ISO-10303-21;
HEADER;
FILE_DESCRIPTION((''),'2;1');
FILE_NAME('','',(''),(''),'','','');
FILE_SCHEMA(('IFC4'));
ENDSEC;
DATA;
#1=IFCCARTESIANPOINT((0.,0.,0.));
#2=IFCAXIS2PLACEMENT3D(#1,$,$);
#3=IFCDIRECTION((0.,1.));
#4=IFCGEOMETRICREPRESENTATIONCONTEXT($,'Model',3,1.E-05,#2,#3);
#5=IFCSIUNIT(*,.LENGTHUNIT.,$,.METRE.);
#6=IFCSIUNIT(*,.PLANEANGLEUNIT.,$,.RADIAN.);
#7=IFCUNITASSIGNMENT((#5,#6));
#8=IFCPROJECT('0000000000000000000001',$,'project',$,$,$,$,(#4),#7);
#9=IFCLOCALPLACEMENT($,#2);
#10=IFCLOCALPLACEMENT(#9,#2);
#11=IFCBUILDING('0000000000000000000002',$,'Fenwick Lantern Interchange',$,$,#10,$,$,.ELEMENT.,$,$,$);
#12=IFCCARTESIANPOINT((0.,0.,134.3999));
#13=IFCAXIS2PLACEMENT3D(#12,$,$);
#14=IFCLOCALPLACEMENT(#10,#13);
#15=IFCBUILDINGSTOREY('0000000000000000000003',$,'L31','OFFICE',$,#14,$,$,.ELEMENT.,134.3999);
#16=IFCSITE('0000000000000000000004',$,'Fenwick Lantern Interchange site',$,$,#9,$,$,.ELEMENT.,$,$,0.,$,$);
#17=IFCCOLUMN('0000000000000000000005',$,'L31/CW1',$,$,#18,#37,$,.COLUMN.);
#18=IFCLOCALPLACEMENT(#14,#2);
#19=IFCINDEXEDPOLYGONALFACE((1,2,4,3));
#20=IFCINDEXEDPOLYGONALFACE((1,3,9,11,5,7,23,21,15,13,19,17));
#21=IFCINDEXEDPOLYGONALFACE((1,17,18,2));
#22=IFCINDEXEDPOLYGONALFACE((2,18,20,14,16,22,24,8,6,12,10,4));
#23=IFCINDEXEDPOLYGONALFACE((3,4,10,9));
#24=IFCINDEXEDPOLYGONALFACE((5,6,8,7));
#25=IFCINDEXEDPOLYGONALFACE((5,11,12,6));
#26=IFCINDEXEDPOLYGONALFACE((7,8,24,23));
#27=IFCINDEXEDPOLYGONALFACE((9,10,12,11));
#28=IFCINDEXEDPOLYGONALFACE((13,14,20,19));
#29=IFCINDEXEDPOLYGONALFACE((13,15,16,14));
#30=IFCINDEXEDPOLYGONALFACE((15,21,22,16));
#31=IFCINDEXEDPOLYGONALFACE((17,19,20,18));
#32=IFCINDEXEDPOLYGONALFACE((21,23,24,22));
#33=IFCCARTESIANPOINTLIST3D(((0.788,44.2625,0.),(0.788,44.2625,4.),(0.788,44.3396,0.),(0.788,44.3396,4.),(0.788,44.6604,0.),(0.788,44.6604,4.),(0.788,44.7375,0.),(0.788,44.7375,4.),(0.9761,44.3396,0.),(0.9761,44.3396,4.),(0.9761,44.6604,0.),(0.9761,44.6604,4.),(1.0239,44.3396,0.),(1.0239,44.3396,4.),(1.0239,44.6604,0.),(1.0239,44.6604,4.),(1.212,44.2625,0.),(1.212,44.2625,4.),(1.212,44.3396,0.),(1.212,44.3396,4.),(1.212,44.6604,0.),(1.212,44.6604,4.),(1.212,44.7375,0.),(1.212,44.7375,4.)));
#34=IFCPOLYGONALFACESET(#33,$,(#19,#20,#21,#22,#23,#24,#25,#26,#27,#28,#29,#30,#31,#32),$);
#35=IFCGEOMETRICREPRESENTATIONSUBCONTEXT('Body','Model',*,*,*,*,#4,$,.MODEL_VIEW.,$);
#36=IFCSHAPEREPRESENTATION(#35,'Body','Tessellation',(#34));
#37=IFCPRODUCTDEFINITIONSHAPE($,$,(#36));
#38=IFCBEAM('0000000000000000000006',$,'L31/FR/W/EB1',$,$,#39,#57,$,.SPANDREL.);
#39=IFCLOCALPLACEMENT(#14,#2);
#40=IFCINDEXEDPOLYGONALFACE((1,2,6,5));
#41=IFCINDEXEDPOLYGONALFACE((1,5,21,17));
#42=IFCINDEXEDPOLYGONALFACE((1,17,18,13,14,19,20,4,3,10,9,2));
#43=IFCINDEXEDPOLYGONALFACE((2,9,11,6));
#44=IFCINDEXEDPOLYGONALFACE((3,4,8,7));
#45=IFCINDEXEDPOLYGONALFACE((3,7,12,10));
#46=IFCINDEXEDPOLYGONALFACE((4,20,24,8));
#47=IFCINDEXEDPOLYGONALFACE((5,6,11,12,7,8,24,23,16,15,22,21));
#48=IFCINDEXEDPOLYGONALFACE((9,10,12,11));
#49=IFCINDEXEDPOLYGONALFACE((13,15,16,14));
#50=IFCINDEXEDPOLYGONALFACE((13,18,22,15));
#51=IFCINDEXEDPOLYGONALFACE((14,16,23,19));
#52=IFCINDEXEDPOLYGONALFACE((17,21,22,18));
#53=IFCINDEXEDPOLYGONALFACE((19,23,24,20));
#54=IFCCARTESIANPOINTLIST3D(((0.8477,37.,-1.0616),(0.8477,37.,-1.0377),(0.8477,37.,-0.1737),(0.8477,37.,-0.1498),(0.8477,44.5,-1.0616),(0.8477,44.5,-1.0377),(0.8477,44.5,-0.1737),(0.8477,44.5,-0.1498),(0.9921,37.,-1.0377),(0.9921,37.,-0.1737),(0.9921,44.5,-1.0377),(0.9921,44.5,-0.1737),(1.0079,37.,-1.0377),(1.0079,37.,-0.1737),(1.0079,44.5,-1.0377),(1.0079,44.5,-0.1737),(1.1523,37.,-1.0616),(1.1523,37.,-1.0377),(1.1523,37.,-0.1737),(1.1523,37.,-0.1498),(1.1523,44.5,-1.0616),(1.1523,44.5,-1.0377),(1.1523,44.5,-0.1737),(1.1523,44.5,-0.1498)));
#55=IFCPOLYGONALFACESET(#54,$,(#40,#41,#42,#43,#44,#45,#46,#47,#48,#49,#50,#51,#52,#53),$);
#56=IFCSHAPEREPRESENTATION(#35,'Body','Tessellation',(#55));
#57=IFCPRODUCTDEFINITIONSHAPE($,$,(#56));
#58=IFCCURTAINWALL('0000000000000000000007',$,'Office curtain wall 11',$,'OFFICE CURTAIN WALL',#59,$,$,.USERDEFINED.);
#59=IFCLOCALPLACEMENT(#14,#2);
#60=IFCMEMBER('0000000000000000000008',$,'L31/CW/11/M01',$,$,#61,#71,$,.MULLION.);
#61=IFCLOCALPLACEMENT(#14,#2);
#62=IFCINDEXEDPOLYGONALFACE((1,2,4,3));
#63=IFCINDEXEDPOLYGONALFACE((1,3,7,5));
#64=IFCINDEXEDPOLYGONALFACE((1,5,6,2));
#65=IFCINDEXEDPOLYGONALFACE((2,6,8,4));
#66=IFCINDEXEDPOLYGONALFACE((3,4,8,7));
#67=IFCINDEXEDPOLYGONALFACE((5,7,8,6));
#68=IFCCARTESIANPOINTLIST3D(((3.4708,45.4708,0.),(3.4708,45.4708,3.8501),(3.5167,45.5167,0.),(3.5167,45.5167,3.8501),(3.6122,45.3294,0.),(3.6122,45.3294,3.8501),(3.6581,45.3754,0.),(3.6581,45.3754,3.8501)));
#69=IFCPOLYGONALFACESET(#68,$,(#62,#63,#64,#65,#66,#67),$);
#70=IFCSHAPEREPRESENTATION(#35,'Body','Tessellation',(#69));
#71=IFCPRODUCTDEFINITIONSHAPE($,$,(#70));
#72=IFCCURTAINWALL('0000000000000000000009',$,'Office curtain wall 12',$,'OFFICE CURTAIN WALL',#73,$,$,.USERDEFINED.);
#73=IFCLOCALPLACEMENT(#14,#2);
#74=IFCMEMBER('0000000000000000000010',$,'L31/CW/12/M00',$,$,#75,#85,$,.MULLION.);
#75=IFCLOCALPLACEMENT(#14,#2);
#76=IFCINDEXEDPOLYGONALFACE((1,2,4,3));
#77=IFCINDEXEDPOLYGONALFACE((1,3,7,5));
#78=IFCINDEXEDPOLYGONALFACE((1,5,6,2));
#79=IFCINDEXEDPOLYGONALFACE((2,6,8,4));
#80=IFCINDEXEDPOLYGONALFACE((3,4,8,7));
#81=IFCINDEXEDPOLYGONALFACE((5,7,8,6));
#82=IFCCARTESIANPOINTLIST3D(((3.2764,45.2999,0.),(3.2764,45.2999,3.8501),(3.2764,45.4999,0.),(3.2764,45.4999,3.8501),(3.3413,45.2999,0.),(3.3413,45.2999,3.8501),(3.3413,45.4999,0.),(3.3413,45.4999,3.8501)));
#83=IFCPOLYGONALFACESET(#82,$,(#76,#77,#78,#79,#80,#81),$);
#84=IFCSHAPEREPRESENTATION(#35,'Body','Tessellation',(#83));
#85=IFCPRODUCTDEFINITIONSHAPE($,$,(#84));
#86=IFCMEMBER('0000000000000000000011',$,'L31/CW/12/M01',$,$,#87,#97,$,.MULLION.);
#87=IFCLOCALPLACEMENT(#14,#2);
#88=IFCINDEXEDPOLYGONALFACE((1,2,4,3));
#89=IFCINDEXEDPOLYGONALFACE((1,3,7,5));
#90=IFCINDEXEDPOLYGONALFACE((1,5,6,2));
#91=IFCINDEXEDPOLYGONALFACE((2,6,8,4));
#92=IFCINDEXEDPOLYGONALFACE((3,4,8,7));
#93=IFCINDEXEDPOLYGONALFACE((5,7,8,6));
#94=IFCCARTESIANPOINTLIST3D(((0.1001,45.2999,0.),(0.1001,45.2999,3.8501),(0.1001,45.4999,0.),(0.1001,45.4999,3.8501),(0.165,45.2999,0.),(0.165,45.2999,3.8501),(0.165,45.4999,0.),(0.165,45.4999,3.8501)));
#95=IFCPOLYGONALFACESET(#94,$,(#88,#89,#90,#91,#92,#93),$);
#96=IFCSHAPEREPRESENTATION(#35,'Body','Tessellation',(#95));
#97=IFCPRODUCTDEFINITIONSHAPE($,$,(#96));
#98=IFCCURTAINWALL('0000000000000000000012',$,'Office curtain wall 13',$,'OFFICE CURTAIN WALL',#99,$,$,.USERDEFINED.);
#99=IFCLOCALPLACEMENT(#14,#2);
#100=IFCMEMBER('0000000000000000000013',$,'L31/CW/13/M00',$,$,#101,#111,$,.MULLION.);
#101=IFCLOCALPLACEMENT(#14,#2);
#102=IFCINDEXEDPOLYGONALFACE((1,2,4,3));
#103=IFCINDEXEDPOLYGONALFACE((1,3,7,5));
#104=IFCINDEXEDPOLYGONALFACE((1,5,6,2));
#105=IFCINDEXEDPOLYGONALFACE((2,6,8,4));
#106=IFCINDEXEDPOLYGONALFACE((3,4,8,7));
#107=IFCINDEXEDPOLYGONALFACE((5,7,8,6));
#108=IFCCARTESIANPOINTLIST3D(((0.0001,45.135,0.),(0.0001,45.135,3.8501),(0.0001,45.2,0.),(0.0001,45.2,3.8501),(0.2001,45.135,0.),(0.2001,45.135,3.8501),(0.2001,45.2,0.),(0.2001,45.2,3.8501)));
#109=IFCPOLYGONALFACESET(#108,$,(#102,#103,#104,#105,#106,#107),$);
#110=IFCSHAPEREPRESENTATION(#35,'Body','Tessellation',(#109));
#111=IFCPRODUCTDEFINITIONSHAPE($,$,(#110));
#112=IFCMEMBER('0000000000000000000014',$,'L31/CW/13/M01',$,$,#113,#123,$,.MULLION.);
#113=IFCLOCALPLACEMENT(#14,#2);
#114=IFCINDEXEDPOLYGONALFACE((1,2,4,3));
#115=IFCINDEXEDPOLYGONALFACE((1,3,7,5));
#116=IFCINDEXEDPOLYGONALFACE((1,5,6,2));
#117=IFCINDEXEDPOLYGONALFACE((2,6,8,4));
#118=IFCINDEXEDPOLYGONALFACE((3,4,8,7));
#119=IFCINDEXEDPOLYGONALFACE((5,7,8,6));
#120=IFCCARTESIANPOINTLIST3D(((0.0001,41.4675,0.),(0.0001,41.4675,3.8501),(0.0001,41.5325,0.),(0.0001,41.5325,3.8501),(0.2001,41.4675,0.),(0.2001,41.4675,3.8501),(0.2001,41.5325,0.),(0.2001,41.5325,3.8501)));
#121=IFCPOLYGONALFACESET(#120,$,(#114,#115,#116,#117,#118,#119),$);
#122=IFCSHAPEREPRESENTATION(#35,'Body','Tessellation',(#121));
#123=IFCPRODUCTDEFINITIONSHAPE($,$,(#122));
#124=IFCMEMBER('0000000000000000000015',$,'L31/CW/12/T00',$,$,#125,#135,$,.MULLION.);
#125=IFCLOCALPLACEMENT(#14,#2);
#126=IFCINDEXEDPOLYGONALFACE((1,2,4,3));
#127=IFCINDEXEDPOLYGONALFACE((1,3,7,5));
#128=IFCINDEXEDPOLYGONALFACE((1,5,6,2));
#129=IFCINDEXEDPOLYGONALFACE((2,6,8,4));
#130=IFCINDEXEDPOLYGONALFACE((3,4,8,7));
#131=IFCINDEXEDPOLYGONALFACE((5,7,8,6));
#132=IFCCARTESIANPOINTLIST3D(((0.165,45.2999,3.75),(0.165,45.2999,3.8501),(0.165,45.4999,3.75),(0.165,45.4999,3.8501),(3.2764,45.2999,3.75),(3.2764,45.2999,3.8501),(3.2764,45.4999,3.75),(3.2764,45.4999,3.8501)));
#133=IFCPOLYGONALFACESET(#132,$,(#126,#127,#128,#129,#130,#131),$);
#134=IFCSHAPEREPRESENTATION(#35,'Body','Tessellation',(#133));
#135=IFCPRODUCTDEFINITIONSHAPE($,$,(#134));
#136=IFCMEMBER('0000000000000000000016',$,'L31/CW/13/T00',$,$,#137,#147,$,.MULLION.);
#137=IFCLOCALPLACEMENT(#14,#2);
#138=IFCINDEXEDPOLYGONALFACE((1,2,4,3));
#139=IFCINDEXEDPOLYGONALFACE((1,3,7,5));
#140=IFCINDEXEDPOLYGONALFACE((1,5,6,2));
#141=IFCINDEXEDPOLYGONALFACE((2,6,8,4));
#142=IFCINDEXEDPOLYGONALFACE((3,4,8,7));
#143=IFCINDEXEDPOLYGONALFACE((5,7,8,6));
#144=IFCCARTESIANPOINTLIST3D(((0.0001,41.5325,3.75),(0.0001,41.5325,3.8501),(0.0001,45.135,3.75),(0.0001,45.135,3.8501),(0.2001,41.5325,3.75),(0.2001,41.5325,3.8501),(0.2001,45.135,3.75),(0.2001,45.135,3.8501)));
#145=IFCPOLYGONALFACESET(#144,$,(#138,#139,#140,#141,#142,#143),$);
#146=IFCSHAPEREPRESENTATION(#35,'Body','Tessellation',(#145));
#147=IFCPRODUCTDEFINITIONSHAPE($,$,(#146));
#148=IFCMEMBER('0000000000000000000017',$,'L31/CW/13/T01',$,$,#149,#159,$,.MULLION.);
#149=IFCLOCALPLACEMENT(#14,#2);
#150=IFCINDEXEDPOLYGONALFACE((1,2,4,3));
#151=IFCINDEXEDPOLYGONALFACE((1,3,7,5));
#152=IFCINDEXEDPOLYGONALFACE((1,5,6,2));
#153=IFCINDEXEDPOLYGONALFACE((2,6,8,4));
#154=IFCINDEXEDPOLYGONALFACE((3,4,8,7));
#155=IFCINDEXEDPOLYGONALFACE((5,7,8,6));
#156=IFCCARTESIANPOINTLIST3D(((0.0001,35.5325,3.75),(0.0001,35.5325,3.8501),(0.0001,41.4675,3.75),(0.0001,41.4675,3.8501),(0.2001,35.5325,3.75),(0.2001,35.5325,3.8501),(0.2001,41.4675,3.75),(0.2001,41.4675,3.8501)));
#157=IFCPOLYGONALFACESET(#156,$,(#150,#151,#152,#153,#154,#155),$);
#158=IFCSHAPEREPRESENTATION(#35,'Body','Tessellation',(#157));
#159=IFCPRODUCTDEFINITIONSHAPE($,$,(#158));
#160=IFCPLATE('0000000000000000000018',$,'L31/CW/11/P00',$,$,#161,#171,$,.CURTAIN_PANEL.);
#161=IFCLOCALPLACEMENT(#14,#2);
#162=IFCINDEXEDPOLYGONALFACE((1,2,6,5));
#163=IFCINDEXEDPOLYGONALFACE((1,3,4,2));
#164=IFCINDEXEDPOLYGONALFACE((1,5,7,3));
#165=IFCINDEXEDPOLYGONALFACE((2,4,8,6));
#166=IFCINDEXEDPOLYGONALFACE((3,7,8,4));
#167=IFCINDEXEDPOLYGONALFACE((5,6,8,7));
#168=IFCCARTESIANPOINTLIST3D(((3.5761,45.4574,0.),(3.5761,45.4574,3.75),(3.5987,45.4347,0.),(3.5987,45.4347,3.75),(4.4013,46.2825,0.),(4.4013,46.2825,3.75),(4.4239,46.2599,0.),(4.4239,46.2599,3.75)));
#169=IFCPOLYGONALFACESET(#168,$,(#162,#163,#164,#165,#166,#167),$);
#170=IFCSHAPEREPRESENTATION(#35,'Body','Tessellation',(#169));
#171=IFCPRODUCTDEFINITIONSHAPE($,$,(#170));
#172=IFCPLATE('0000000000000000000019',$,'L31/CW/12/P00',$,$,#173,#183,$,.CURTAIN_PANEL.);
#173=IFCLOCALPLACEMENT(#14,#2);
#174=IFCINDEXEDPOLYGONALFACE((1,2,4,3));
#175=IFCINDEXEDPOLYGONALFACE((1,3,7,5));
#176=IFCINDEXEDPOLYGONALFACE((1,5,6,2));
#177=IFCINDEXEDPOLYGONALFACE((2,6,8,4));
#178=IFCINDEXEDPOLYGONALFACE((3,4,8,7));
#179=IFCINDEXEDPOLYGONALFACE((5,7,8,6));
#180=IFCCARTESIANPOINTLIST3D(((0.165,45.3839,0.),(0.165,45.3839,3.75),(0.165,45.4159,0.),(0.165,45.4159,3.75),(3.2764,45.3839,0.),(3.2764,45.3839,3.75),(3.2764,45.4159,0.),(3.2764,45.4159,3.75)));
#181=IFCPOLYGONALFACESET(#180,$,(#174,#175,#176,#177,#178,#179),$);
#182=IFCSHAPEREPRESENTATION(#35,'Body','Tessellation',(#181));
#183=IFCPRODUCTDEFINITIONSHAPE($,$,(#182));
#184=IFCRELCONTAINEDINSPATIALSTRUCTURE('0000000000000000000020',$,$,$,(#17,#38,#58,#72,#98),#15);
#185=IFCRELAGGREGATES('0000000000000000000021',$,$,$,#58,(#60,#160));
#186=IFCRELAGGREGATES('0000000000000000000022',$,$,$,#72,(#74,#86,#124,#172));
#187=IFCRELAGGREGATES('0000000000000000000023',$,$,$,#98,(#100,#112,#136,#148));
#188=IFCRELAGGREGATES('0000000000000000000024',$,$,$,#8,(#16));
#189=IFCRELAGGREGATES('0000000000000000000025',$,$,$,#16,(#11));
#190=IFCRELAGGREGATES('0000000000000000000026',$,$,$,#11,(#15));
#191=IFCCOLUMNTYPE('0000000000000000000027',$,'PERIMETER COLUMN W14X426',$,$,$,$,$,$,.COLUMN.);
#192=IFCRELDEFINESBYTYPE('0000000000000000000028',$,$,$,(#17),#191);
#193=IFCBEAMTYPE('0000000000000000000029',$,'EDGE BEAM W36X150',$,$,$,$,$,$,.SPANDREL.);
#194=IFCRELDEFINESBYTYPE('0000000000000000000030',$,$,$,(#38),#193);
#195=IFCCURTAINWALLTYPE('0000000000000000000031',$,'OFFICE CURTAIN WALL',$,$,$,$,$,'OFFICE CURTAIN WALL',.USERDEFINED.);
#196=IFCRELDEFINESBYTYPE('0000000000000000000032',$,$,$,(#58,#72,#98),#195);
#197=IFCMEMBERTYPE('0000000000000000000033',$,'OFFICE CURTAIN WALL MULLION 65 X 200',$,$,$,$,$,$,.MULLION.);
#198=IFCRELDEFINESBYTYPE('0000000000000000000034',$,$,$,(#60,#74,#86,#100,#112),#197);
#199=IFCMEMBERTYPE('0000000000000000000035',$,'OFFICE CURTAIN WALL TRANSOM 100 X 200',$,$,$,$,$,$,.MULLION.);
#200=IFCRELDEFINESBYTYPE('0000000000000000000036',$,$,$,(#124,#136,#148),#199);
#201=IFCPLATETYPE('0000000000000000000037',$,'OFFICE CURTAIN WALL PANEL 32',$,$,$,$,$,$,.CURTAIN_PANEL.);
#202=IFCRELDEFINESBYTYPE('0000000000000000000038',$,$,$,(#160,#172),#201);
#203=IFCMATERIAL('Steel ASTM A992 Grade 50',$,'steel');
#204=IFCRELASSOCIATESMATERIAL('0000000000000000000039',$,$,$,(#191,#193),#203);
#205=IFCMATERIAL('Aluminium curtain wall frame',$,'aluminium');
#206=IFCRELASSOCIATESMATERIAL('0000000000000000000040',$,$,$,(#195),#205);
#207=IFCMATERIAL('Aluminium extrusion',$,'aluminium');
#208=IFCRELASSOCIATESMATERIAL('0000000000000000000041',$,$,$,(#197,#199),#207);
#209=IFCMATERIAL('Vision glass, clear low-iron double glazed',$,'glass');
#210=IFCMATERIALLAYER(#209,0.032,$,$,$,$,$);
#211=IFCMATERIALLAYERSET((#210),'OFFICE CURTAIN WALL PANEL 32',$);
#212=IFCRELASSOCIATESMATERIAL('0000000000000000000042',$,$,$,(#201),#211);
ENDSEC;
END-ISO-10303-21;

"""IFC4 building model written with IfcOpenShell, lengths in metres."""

from ifc_helpers import new_model, si_unit, direction, frame, origin, origin_2d, place, context, subcontext, project, spatial, rectangle, i_section, extrude, material, layer, layer_set, material_profile, profile_set, type_object, element, aggregate, save


model = new_model("IFC4")

# Units and contexts
model_context = context("Model", 3, precision=1e-05, world=origin(), true_north=direction((0.0, 1.0)))
body_context = subcontext(model_context, "Body", "Model", "MODEL_VIEW")
ifc_project = project(units=[si_unit("LENGTHUNIT", "METRE"), si_unit("PLANEANGLEUNIT", "RADIAN")], contexts=[model_context])

# Site, building, storey
site_placement = place(None, origin())
site = spatial("IfcSite", under=ifc_project, at=site_placement, Name="Fenwick Lantern Interchange site", CompositionType="ELEMENT", RefElevation=0.0)
building_placement = place(site_placement, origin())
building = spatial("IfcBuilding", under=site, at=building_placement, Name="Fenwick Lantern Interchange", CompositionType="ELEMENT")
storey_placement = place(building_placement, frame((0.0, 0.0, 134.3999)))
storey = spatial("IfcBuildingStorey", under=building, at=storey_placement, Name="L31", Description="OFFICE", CompositionType="ELEMENT", Elevation=134.3999)

# Column
ifc_material_1 = material(Name="Steel ASTM A992 Grade 50", Category="steel")
ifc_material_profile_1 = material_profile(ifc_material_1, i_section(OverallWidth=0.4241, OverallDepth=0.4751, WebThickness=0.0479, FlangeThickness=0.0771, at=origin_2d()), Name="W14X426")
ifc_profile_set_1 = profile_set([ifc_material_profile_1], Name="Steel ASTM A992 Grade 50")
column_type = type_object("IfcColumnType", Name="PERIMETER COLUMN W14X426", PredefinedType="COLUMN", material=ifc_profile_set_1)
column_placement = place(storey_placement, frame((1.0, 44.5, 0.0), z_axis=(0.0, 0.0, 1.0), x_axis=(1.0, 0.0, 0.0)))
element("IfcColumn", 1, at=column_placement, inside=storey, type_object=column_type, Name="L31/CW1", PredefinedType="COLUMN", context=body_context, shape_type="SweptSolid", body=[
    extrude(i_section(OverallWidth=0.4241, OverallDepth=0.4751, WebThickness=0.0479, FlangeThickness=0.0771, at=origin_2d()), origin(), (0.0, 0.0, 1.0), 4.0),
])

# Beam
ifc_material_profile_2 = material_profile(ifc_material_1, i_section(OverallWidth=0.3047, OverallDepth=0.9119, WebThickness=0.0159, FlangeThickness=0.0239, at=origin_2d()), Name="W36X150")
ifc_profile_set_2 = profile_set([ifc_material_profile_2], Name="Steel ASTM A992 Grade 50")
beam_type = type_object("IfcBeamType", Name="EDGE BEAM W36X150", PredefinedType="SPANDREL", material=ifc_profile_set_2)
beam_placement = place(storey_placement, frame((1.0, 44.5, -0.6057), z_axis=(0.0, -1.0, 0.0), x_axis=(1.0, 0.0, 0.0)))
element("IfcBeam", 2, at=beam_placement, inside=storey, type_object=beam_type, Name="L31/FR/W/EB1", PredefinedType="SPANDREL", context=body_context, shape_type="SweptSolid", body=[
    extrude(i_section(OverallWidth=0.3047, OverallDepth=0.9119, WebThickness=0.0159, FlangeThickness=0.0239, at=origin_2d()), origin(), (0.0, 0.0, 1.0), 7.5),
])

# Curtain wall, member
ifc_material_2 = material(Name="Aluminium curtain wall frame", Category="aluminium")
curtain_wall_type = type_object("IfcCurtainWallType", Name="OFFICE CURTAIN WALL", ElementType="OFFICE CURTAIN WALL", PredefinedType="USERDEFINED", material=ifc_material_2)
curtain_wall_1_placement = place(storey_placement, origin())
curtain_wall_1 = element("IfcCurtainWall", 3, at=curtain_wall_1_placement, inside=storey, type_object=curtain_wall_type, Name="Office curtain wall 11", ObjectType="OFFICE CURTAIN WALL", PredefinedType="USERDEFINED")
ifc_material_3 = material(Name="Aluminium extrusion", Category="aluminium")
ifc_material_profile_3 = material_profile(ifc_material_3, rectangle(XDim=0.2, YDim=0.0649, at=origin_2d()), Name="OFFICE CURTAIN WALL MULLION 65 X 200")
ifc_profile_set_3 = profile_set([ifc_material_profile_3], Name="Aluminium extrusion")
member_type_1 = type_object("IfcMemberType", Name="OFFICE CURTAIN WALL MULLION 65 X 200", PredefinedType="MULLION", material=ifc_profile_set_3)
member_1_placement = place(storey_placement, frame((3.5645, 45.4231, 0.0), z_axis=(0.0, 0.0, 1.0), x_axis=(0.707107, -0.707107, 0.0)))
member_1 = element("IfcMember", 4, at=member_1_placement, type_object=member_type_1, Name="L31/CW/11/M01", PredefinedType="MULLION", context=body_context, shape_type="SweptSolid", body=[
    extrude(rectangle(XDim=0.2, YDim=0.0649, at=origin_2d()), origin(), (0.0, 0.0, 1.0), 3.8501),
])

# Curtain walls, members
curtain_wall_2_placement = place(storey_placement, origin())
curtain_wall_2 = element("IfcCurtainWall", 5, at=curtain_wall_2_placement, inside=storey, type_object=curtain_wall_type, Name="Office curtain wall 12", ObjectType="OFFICE CURTAIN WALL", PredefinedType="USERDEFINED")
member_2_placement = place(storey_placement, frame((3.3088, 45.3999, 0.0), z_axis=(0.0, 0.0, 1.0), x_axis=(0.0, -1.0, 0.0)))
member_2 = element("IfcMember", 6, at=member_2_placement, type_object=member_type_1, Name="L31/CW/12/M00", PredefinedType="MULLION", context=body_context, shape_type="SweptSolid", body=[
    extrude(rectangle(XDim=0.2, YDim=0.0649, at=origin_2d()), origin(), (0.0, 0.0, 1.0), 3.8501),
])
member_3_placement = place(storey_placement, frame((0.1326, 45.3999, 0.0), z_axis=(0.0, 0.0, 1.0), x_axis=(0.0, -1.0, 0.0)))
member_3 = element("IfcMember", 7, at=member_3_placement, type_object=member_type_1, Name="L31/CW/12/M01", PredefinedType="MULLION", context=body_context, shape_type="SweptSolid", body=[
    extrude(rectangle(XDim=0.2, YDim=0.0649, at=origin_2d()), origin(), (0.0, 0.0, 1.0), 3.8501),
])
curtain_wall_3_placement = place(storey_placement, origin())
curtain_wall_3 = element("IfcCurtainWall", 8, at=curtain_wall_3_placement, inside=storey, type_object=curtain_wall_type, Name="Office curtain wall 13", ObjectType="OFFICE CURTAIN WALL", PredefinedType="USERDEFINED")
member_4_placement = place(storey_placement, frame((0.1001, 45.1675, 0.0), z_axis=(0.0, 0.0, 1.0), x_axis=(1.0, 0.0, 0.0)))
member_4 = element("IfcMember", 9, at=member_4_placement, type_object=member_type_1, Name="L31/CW/13/M00", PredefinedType="MULLION", context=body_context, shape_type="SweptSolid", body=[
    extrude(rectangle(XDim=0.2, YDim=0.0649, at=origin_2d()), origin(), (0.0, 0.0, 1.0), 3.8501),
])
member_5_placement = place(storey_placement, frame((0.1001, 41.5, 0.0), z_axis=(0.0, 0.0, 1.0), x_axis=(1.0, 0.0, 0.0)))
member_5 = element("IfcMember", 10, at=member_5_placement, type_object=member_type_1, Name="L31/CW/13/M01", PredefinedType="MULLION", context=body_context, shape_type="SweptSolid", body=[
    extrude(rectangle(XDim=0.2, YDim=0.0649, at=origin_2d()), origin(), (0.0, 0.0, 1.0), 3.8501),
])

# Members
ifc_material_profile_4 = material_profile(ifc_material_3, rectangle(XDim=0.2, YDim=0.1001, at=origin_2d()), Name="OFFICE CURTAIN WALL TRANSOM 100 X 200")
ifc_profile_set_4 = profile_set([ifc_material_profile_4], Name="Aluminium extrusion")
member_type_2 = type_object("IfcMemberType", Name="OFFICE CURTAIN WALL TRANSOM 100 X 200", PredefinedType="MULLION", material=ifc_profile_set_4)
member_6_placement = place(storey_placement, frame((3.2764, 45.3999, 3.8), z_axis=(-1.0, 0.0, 0.0), x_axis=(0.0, -1.0, 0.0)))
member_6 = element("IfcMember", 11, at=member_6_placement, type_object=member_type_2, Name="L31/CW/12/T00", PredefinedType="MULLION", context=body_context, shape_type="SweptSolid", body=[
    extrude(rectangle(XDim=0.2, YDim=0.1001, at=origin_2d()), origin(), (0.0, 0.0, 1.0), 3.1113),
])
member_7_placement = place(storey_placement, frame((0.1001, 45.135, 3.8), z_axis=(0.0, -1.0, 0.0), x_axis=(1.0, 0.0, 0.0)))
member_7 = element("IfcMember", 12, at=member_7_placement, type_object=member_type_2, Name="L31/CW/13/T00", PredefinedType="MULLION", context=body_context, shape_type="SweptSolid", body=[
    extrude(rectangle(XDim=0.2, YDim=0.1001, at=origin_2d()), origin(), (0.0, 0.0, 1.0), 3.6025),
])
member_8_placement = place(storey_placement, frame((0.1001, 41.4675, 3.8), z_axis=(0.0, -1.0, 0.0), x_axis=(1.0, 0.0, 0.0)))
member_8 = element("IfcMember", 13, at=member_8_placement, type_object=member_type_2, Name="L31/CW/13/T01", PredefinedType="MULLION", context=body_context, shape_type="SweptSolid", body=[
    extrude(rectangle(XDim=0.2, YDim=0.1001, at=origin_2d()), origin(), (0.0, 0.0, 1.0), 5.9351),
])

# Plates
ifc_material_4 = material(Name="Vision glass, clear low-iron double glazed", Category="glass")
ifc_layer_1 = layer(ifc_material_4, 0.032)
ifc_layer_set_1 = layer_set([ifc_layer_1], Name="OFFICE CURTAIN WALL PANEL 32")
plate_type = type_object("IfcPlateType", Name="OFFICE CURTAIN WALL PANEL 32", PredefinedType="CURTAIN_PANEL", material=ifc_layer_set_1)
plate_1_placement = place(storey_placement, frame((4.0, 45.8586, 0.0), z_axis=(0.0, 0.0, 1.0), x_axis=(-0.707107, -0.707107, 0.0)))
plate_1 = element("IfcPlate", 14, at=plate_1_placement, type_object=plate_type, Name="L31/CW/11/P00", PredefinedType="CURTAIN_PANEL", context=body_context, shape_type="SweptSolid", body=[
    extrude(rectangle(XDim=1.167, YDim=0.032, at=origin_2d()), origin(), (0.0, 0.0, 1.0), 3.75),
])
aggregate(curtain_wall_1, [member_1, plate_1])
plate_2_placement = place(storey_placement, frame((1.7207, 45.3999, 0.0), z_axis=(0.0, 0.0, 1.0), x_axis=(-1.0, 0.0, 0.0)))
plate_2 = element("IfcPlate", 15, at=plate_2_placement, type_object=plate_type, Name="L31/CW/12/P00", PredefinedType="CURTAIN_PANEL", context=body_context, shape_type="SweptSolid", body=[
    extrude(rectangle(XDim=3.1113, YDim=0.032, at=origin_2d()), origin(), (0.0, 0.0, 1.0), 3.75),
])
aggregate(curtain_wall_2, [member_2, member_3, member_6, plate_2])
aggregate(curtain_wall_3, [member_4, member_5, member_7, member_8])

save(model, "model.ifc")
